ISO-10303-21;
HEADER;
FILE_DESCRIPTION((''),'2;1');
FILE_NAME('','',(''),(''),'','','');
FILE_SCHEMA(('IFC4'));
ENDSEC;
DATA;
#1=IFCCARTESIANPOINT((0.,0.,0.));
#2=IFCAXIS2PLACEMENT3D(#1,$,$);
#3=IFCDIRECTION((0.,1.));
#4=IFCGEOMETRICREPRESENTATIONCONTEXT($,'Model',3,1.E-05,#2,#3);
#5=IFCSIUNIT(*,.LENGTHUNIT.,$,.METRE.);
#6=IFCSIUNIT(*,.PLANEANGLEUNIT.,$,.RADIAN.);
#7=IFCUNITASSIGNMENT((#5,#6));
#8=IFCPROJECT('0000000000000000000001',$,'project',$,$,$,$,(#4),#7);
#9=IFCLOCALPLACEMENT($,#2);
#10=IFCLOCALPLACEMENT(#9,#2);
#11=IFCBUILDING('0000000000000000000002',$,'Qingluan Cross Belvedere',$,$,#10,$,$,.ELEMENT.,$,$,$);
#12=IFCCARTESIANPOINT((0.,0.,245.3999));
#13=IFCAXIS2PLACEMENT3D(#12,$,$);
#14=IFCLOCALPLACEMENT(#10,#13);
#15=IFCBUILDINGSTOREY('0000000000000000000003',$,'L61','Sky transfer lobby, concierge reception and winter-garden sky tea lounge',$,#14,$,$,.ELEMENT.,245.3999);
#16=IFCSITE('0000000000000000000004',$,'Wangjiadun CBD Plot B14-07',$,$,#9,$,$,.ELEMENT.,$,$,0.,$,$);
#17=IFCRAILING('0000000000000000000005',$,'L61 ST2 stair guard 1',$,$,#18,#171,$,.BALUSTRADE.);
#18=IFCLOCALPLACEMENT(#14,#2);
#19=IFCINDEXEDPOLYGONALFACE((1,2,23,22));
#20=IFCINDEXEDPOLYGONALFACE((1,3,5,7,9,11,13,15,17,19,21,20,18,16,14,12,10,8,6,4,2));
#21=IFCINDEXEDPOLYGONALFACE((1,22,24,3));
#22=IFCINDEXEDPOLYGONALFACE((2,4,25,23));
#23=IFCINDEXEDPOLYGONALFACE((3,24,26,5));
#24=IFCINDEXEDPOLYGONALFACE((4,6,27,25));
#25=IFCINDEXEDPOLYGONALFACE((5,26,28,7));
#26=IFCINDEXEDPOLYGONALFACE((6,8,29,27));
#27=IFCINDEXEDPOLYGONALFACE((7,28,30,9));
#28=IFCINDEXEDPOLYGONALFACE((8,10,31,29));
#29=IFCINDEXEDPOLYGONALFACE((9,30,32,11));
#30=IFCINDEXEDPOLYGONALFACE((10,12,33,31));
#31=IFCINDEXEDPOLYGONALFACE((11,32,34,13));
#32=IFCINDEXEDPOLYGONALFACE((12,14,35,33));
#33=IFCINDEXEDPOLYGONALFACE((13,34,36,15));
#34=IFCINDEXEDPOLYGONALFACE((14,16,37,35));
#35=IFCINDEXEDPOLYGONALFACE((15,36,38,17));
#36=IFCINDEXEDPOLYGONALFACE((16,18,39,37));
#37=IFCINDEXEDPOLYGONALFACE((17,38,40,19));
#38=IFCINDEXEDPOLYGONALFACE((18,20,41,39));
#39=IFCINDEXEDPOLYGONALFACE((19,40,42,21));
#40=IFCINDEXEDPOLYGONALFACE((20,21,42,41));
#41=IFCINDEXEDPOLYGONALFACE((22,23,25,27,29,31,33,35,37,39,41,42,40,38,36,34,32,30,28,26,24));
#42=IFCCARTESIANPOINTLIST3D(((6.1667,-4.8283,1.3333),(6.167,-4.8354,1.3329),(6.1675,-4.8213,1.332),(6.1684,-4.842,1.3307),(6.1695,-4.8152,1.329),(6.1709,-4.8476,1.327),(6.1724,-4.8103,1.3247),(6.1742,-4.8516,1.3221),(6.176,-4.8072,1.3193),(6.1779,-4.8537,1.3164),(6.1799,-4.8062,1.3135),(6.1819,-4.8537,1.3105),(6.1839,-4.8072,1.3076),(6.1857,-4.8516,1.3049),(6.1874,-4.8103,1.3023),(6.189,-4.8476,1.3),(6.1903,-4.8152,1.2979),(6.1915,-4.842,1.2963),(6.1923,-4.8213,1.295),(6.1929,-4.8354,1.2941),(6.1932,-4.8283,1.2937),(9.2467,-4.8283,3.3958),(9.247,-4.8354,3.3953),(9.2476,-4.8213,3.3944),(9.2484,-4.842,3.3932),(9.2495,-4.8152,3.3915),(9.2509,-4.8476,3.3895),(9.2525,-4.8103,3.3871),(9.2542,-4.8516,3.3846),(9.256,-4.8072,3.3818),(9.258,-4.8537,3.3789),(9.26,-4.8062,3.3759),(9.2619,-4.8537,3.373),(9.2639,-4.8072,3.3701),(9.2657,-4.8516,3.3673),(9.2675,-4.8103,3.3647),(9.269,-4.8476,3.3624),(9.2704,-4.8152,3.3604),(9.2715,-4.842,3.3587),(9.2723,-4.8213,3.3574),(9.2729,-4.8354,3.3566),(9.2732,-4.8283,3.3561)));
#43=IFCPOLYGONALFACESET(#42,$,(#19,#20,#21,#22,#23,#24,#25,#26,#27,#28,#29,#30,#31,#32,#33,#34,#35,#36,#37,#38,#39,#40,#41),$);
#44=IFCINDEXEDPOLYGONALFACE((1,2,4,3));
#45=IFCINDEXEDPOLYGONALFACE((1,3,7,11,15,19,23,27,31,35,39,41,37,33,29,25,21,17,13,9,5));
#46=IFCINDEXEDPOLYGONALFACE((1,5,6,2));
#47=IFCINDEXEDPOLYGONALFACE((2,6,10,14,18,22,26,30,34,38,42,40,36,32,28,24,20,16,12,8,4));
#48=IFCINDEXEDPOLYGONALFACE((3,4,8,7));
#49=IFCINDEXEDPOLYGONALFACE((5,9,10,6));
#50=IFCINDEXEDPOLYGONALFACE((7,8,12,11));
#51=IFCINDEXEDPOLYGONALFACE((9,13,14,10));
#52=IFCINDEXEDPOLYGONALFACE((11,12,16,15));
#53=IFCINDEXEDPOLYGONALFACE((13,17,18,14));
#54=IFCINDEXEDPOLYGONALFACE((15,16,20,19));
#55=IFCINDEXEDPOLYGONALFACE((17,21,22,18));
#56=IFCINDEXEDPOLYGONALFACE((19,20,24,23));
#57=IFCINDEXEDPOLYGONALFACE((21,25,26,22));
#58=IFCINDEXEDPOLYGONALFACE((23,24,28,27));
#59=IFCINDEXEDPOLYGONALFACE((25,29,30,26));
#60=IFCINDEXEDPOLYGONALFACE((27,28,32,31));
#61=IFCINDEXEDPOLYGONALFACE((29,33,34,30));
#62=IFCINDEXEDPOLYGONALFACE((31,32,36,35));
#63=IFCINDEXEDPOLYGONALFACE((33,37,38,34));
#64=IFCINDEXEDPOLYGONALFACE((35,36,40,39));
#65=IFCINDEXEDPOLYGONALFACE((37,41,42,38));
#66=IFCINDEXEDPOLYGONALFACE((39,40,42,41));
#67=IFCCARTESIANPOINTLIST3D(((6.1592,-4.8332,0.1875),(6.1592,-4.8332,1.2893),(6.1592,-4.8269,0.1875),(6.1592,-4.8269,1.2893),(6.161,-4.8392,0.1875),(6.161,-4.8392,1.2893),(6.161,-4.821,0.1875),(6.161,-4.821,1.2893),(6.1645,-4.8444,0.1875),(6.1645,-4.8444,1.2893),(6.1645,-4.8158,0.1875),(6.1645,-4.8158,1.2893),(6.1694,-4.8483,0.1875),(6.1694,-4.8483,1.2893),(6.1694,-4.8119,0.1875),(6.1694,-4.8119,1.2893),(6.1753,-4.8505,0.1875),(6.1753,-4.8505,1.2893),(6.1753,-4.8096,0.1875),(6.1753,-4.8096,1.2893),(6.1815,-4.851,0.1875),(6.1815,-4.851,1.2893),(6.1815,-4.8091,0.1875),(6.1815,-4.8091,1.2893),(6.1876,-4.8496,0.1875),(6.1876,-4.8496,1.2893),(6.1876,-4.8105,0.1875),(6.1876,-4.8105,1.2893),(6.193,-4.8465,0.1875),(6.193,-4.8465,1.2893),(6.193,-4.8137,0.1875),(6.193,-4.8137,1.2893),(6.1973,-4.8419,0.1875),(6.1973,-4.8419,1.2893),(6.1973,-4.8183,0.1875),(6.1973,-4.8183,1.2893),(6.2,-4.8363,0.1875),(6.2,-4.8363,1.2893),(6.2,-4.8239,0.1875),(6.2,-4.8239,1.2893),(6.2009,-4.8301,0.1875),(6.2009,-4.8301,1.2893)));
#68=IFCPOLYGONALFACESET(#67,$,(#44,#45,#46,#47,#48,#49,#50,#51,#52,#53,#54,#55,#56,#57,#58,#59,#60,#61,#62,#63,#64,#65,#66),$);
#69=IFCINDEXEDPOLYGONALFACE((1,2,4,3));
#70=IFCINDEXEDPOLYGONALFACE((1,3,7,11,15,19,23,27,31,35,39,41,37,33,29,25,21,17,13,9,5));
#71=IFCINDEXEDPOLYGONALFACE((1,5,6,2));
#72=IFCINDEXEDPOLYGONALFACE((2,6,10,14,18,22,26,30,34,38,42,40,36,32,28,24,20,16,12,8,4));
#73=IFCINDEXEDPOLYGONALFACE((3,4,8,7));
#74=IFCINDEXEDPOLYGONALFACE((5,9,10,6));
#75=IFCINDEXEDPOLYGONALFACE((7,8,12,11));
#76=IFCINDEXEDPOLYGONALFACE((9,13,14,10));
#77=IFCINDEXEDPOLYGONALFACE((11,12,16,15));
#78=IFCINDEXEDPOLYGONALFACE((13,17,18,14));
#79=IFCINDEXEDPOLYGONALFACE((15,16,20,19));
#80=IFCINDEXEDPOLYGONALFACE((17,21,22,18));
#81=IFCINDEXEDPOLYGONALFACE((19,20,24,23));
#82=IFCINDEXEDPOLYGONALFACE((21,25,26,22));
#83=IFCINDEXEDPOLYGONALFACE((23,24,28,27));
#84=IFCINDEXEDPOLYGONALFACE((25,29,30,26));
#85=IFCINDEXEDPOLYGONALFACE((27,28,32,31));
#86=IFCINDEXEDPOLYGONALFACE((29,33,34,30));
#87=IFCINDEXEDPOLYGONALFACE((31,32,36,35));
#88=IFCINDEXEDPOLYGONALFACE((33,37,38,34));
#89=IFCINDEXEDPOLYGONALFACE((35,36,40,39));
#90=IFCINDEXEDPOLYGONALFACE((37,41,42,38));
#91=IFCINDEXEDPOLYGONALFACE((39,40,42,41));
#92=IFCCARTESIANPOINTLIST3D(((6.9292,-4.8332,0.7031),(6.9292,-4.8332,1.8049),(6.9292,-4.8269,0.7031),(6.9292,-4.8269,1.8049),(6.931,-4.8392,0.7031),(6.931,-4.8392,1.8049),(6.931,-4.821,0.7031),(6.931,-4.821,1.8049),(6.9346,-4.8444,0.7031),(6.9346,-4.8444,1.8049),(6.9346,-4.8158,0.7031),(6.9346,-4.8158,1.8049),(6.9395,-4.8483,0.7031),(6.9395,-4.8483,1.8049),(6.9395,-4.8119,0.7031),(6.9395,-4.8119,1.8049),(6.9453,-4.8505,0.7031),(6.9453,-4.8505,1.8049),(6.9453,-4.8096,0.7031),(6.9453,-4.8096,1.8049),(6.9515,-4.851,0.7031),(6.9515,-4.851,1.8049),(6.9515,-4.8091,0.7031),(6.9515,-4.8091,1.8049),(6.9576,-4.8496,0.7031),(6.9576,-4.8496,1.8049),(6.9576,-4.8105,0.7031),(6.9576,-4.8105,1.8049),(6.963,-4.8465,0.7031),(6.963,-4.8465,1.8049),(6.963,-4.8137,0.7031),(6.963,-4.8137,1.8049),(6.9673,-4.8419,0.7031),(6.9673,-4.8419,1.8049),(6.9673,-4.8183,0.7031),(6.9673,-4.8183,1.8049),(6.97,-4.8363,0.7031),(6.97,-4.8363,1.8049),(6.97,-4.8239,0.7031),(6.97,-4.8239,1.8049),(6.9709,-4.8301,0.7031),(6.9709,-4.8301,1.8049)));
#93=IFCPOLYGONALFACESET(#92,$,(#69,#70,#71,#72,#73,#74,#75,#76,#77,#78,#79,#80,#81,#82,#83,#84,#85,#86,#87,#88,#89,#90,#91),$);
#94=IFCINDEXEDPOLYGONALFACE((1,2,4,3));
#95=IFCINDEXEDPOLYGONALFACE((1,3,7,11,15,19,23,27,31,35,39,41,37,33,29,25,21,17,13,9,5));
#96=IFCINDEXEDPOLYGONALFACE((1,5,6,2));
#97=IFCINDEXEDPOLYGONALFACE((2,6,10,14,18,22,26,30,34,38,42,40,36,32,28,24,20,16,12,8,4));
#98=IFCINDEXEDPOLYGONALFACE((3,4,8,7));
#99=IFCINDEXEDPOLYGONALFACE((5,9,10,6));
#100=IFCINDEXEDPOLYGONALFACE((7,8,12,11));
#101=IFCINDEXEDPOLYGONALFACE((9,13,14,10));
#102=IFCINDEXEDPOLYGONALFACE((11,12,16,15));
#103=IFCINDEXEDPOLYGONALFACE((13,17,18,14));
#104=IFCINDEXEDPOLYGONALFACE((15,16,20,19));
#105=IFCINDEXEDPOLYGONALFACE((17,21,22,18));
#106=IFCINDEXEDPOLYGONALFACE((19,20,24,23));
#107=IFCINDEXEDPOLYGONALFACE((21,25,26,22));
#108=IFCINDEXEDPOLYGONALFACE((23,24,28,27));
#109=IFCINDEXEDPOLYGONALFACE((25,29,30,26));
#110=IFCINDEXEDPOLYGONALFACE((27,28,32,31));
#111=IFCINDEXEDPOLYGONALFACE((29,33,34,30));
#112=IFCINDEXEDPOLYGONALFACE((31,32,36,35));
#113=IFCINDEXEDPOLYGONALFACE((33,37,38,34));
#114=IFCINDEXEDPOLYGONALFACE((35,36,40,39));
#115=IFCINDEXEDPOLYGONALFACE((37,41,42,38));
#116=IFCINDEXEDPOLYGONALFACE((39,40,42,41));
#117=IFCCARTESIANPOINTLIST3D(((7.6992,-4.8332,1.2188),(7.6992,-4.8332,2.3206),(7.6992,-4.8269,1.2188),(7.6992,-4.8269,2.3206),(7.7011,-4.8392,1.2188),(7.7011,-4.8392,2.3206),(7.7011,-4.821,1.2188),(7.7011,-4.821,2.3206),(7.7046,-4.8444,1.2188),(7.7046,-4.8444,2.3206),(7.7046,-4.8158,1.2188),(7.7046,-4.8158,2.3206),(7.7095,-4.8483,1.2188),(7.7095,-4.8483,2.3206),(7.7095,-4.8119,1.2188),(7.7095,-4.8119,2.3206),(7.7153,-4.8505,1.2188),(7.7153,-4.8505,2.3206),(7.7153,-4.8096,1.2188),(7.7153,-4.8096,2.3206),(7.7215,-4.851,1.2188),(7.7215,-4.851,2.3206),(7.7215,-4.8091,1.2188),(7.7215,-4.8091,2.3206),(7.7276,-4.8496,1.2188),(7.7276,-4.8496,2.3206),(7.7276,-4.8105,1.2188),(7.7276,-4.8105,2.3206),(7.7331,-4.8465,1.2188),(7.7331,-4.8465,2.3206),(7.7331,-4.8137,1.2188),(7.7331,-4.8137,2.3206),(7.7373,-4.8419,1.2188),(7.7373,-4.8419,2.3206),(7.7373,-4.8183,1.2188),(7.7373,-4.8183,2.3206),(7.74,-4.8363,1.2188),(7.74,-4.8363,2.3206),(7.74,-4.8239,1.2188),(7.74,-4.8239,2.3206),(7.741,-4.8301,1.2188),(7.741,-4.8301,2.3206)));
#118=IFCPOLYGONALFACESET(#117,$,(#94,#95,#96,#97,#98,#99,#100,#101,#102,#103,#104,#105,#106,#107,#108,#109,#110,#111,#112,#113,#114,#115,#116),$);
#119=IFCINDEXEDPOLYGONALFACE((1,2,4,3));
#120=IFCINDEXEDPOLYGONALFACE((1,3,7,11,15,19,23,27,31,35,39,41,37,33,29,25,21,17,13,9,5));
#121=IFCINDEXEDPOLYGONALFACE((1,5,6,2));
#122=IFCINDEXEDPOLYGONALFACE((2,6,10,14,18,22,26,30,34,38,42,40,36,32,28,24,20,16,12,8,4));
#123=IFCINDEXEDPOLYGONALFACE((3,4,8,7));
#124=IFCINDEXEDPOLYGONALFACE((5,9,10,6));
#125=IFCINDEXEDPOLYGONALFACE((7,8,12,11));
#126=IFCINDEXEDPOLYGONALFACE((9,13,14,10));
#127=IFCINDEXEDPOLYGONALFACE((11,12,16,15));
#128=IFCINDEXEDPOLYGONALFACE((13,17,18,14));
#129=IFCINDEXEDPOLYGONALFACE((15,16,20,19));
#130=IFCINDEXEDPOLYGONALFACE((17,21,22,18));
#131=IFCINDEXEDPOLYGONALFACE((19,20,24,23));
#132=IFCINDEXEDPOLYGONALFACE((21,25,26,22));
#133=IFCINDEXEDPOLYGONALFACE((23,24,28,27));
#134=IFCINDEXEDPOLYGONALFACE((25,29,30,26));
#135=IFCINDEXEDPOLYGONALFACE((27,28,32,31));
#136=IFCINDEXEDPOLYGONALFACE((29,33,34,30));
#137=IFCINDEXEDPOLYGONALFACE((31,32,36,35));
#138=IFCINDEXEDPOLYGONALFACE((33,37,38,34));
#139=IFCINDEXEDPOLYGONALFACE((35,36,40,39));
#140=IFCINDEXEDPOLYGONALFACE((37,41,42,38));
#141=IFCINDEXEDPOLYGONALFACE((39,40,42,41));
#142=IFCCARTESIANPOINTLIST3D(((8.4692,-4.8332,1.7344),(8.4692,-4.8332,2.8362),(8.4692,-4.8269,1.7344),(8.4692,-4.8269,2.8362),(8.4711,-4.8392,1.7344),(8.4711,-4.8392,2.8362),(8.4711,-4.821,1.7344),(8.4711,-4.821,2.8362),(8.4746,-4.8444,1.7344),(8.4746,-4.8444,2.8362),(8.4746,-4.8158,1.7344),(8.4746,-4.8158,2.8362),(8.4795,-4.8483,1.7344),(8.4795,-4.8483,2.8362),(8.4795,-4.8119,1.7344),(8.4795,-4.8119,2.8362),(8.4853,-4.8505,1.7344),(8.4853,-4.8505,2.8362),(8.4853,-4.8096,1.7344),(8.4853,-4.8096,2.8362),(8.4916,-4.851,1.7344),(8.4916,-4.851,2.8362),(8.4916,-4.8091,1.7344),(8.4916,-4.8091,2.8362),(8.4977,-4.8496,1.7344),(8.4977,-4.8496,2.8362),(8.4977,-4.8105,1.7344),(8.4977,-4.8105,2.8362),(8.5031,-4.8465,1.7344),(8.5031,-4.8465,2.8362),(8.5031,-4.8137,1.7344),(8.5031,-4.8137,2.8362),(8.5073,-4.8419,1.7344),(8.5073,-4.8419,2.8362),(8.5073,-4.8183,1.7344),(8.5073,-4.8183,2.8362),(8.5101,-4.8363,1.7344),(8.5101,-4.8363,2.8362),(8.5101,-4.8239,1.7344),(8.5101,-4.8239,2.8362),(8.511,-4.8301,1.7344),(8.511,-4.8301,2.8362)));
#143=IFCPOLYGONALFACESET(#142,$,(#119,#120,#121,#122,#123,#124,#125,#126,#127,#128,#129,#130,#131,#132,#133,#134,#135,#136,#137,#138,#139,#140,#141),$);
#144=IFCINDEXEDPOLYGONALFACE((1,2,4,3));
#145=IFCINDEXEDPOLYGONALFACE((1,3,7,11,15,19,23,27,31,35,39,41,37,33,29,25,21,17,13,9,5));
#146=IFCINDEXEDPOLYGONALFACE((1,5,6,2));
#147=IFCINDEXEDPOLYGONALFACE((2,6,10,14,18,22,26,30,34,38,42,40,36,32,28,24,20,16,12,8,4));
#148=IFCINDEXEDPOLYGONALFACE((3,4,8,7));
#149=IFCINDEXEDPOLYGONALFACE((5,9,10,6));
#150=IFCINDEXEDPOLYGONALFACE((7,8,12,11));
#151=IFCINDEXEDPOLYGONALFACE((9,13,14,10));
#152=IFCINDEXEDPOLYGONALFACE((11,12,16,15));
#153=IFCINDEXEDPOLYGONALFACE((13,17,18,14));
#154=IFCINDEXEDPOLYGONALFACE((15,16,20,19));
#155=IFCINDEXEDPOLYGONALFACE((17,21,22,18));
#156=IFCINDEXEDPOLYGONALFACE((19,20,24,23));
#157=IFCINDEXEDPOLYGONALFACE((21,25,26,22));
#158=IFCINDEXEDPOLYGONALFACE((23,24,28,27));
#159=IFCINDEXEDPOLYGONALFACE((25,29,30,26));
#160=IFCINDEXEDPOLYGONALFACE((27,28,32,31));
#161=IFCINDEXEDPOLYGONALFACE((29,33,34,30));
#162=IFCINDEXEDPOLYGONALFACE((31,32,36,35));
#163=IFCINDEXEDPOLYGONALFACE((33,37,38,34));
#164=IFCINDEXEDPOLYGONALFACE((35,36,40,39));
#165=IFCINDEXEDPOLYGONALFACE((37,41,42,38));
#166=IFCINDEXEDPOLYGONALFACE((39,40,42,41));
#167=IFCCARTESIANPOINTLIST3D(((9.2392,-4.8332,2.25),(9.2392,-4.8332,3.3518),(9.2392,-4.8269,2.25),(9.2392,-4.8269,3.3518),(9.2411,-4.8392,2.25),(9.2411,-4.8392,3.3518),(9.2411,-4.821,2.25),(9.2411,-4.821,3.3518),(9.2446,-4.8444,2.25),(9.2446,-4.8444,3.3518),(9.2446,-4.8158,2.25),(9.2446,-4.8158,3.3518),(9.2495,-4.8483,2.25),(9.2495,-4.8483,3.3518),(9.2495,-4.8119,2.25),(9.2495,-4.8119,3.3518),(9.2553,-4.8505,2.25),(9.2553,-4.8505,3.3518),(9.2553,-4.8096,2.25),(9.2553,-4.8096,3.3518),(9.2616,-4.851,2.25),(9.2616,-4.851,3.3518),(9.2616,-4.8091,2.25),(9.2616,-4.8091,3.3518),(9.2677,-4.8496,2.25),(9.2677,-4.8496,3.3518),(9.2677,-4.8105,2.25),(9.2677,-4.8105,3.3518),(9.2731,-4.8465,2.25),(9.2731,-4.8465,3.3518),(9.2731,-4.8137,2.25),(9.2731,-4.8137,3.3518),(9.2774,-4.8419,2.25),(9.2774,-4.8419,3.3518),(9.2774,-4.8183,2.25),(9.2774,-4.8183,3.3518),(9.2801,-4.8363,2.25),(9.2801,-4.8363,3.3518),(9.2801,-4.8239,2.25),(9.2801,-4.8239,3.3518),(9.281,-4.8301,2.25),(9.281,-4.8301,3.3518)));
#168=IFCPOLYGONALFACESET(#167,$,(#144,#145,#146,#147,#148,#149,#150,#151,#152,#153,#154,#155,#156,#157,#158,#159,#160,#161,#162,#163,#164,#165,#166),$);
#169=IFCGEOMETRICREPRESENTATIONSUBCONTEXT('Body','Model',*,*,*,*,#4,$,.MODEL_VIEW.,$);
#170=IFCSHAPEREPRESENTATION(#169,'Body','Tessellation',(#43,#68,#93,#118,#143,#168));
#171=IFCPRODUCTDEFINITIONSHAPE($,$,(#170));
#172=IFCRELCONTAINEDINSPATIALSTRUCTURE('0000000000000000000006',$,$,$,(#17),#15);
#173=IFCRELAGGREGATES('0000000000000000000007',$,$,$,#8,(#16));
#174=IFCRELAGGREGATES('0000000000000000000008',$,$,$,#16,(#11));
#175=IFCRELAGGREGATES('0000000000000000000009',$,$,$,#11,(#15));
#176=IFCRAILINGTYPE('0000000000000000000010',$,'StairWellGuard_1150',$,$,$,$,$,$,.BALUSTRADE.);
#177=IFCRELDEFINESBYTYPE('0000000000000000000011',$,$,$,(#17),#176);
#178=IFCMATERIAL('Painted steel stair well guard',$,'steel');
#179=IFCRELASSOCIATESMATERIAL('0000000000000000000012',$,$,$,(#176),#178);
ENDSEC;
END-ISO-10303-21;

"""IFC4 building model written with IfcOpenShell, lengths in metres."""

from ifc_helpers import new_model, si_unit, direction, frame, origin, origin_2d, place, context, subcontext, project, spatial, circle, extrude, material, type_object, element, save


model = new_model("IFC4")

# Units and contexts
model_context = context("Model", 3, precision=1e-05, world=origin(), true_north=direction((0.0, 1.0)))
body_context = subcontext(model_context, "Body", "Model", "MODEL_VIEW")
ifc_project = project(units=[si_unit("LENGTHUNIT", "METRE"), si_unit("PLANEANGLEUNIT", "RADIAN")], contexts=[model_context])

# Site, building, storey
site_placement = place(None, origin())
site = spatial("IfcSite", under=ifc_project, at=site_placement, Name="Wangjiadun CBD Plot B14-07", CompositionType="ELEMENT", RefElevation=0.0)
building_placement = place(site_placement, origin())
building = spatial("IfcBuilding", under=site, at=building_placement, Name="Qingluan Cross Belvedere", CompositionType="ELEMENT")
storey_placement = place(building_placement, frame((0.0, 0.0, 245.3999)))
storey = spatial("IfcBuildingStorey", under=building, at=storey_placement, Name="L61", Description="Sky transfer lobby, concierge reception and winter-garden sky tea lounge", CompositionType="ELEMENT", Elevation=245.3999)

# Railing
ifc_material_1 = material(Name="Painted steel stair well guard", Category="steel")
railing_type_1 = type_object("IfcRailingType", Name="StairWellGuard_1150", PredefinedType="BALUSTRADE", material=ifc_material_1)
railing_1_placement = place(storey_placement, frame((6.1799, -4.8301, 0.1875)))
element("IfcRailing", 1, at=railing_1_placement, inside=storey, type_object=railing_type_1, Name="L61 ST2 stair guard 1", PredefinedType="BALUSTRADE", context=body_context, shape_type="SweptSolid", body=[
    extrude(circle(Radius=0.0239, at=origin_2d()), frame((0.0, 0.0, 1.126), z_axis=(0.830914, 0.0, 0.556401), x_axis=(0.0, 1.0, 0.0)), (0.0, 0.0, 1.0), 3.7068),
    extrude(circle(Radius=0.021, at=origin_2d()), origin(), (0.0, 0.0, 1.0), 1.1018),
    extrude(circle(Radius=0.021, at=origin_2d()), frame((0.77, 0.0, 0.5156)), (0.0, 0.0, 1.0), 1.1018),
    extrude(circle(Radius=0.021, at=origin_2d()), frame((1.54, 0.0, 1.0312)), (0.0, 0.0, 1.0), 1.1018),
    extrude(circle(Radius=0.021, at=origin_2d()), frame((2.3101, 0.0, 1.5469)), (0.0, 0.0, 1.0), 1.1018),
    extrude(circle(Radius=0.021, at=origin_2d()), frame((3.0801, 0.0, 2.0625)), (0.0, 0.0, 1.0), 1.1018),
])

save(model, "model.ifc")
